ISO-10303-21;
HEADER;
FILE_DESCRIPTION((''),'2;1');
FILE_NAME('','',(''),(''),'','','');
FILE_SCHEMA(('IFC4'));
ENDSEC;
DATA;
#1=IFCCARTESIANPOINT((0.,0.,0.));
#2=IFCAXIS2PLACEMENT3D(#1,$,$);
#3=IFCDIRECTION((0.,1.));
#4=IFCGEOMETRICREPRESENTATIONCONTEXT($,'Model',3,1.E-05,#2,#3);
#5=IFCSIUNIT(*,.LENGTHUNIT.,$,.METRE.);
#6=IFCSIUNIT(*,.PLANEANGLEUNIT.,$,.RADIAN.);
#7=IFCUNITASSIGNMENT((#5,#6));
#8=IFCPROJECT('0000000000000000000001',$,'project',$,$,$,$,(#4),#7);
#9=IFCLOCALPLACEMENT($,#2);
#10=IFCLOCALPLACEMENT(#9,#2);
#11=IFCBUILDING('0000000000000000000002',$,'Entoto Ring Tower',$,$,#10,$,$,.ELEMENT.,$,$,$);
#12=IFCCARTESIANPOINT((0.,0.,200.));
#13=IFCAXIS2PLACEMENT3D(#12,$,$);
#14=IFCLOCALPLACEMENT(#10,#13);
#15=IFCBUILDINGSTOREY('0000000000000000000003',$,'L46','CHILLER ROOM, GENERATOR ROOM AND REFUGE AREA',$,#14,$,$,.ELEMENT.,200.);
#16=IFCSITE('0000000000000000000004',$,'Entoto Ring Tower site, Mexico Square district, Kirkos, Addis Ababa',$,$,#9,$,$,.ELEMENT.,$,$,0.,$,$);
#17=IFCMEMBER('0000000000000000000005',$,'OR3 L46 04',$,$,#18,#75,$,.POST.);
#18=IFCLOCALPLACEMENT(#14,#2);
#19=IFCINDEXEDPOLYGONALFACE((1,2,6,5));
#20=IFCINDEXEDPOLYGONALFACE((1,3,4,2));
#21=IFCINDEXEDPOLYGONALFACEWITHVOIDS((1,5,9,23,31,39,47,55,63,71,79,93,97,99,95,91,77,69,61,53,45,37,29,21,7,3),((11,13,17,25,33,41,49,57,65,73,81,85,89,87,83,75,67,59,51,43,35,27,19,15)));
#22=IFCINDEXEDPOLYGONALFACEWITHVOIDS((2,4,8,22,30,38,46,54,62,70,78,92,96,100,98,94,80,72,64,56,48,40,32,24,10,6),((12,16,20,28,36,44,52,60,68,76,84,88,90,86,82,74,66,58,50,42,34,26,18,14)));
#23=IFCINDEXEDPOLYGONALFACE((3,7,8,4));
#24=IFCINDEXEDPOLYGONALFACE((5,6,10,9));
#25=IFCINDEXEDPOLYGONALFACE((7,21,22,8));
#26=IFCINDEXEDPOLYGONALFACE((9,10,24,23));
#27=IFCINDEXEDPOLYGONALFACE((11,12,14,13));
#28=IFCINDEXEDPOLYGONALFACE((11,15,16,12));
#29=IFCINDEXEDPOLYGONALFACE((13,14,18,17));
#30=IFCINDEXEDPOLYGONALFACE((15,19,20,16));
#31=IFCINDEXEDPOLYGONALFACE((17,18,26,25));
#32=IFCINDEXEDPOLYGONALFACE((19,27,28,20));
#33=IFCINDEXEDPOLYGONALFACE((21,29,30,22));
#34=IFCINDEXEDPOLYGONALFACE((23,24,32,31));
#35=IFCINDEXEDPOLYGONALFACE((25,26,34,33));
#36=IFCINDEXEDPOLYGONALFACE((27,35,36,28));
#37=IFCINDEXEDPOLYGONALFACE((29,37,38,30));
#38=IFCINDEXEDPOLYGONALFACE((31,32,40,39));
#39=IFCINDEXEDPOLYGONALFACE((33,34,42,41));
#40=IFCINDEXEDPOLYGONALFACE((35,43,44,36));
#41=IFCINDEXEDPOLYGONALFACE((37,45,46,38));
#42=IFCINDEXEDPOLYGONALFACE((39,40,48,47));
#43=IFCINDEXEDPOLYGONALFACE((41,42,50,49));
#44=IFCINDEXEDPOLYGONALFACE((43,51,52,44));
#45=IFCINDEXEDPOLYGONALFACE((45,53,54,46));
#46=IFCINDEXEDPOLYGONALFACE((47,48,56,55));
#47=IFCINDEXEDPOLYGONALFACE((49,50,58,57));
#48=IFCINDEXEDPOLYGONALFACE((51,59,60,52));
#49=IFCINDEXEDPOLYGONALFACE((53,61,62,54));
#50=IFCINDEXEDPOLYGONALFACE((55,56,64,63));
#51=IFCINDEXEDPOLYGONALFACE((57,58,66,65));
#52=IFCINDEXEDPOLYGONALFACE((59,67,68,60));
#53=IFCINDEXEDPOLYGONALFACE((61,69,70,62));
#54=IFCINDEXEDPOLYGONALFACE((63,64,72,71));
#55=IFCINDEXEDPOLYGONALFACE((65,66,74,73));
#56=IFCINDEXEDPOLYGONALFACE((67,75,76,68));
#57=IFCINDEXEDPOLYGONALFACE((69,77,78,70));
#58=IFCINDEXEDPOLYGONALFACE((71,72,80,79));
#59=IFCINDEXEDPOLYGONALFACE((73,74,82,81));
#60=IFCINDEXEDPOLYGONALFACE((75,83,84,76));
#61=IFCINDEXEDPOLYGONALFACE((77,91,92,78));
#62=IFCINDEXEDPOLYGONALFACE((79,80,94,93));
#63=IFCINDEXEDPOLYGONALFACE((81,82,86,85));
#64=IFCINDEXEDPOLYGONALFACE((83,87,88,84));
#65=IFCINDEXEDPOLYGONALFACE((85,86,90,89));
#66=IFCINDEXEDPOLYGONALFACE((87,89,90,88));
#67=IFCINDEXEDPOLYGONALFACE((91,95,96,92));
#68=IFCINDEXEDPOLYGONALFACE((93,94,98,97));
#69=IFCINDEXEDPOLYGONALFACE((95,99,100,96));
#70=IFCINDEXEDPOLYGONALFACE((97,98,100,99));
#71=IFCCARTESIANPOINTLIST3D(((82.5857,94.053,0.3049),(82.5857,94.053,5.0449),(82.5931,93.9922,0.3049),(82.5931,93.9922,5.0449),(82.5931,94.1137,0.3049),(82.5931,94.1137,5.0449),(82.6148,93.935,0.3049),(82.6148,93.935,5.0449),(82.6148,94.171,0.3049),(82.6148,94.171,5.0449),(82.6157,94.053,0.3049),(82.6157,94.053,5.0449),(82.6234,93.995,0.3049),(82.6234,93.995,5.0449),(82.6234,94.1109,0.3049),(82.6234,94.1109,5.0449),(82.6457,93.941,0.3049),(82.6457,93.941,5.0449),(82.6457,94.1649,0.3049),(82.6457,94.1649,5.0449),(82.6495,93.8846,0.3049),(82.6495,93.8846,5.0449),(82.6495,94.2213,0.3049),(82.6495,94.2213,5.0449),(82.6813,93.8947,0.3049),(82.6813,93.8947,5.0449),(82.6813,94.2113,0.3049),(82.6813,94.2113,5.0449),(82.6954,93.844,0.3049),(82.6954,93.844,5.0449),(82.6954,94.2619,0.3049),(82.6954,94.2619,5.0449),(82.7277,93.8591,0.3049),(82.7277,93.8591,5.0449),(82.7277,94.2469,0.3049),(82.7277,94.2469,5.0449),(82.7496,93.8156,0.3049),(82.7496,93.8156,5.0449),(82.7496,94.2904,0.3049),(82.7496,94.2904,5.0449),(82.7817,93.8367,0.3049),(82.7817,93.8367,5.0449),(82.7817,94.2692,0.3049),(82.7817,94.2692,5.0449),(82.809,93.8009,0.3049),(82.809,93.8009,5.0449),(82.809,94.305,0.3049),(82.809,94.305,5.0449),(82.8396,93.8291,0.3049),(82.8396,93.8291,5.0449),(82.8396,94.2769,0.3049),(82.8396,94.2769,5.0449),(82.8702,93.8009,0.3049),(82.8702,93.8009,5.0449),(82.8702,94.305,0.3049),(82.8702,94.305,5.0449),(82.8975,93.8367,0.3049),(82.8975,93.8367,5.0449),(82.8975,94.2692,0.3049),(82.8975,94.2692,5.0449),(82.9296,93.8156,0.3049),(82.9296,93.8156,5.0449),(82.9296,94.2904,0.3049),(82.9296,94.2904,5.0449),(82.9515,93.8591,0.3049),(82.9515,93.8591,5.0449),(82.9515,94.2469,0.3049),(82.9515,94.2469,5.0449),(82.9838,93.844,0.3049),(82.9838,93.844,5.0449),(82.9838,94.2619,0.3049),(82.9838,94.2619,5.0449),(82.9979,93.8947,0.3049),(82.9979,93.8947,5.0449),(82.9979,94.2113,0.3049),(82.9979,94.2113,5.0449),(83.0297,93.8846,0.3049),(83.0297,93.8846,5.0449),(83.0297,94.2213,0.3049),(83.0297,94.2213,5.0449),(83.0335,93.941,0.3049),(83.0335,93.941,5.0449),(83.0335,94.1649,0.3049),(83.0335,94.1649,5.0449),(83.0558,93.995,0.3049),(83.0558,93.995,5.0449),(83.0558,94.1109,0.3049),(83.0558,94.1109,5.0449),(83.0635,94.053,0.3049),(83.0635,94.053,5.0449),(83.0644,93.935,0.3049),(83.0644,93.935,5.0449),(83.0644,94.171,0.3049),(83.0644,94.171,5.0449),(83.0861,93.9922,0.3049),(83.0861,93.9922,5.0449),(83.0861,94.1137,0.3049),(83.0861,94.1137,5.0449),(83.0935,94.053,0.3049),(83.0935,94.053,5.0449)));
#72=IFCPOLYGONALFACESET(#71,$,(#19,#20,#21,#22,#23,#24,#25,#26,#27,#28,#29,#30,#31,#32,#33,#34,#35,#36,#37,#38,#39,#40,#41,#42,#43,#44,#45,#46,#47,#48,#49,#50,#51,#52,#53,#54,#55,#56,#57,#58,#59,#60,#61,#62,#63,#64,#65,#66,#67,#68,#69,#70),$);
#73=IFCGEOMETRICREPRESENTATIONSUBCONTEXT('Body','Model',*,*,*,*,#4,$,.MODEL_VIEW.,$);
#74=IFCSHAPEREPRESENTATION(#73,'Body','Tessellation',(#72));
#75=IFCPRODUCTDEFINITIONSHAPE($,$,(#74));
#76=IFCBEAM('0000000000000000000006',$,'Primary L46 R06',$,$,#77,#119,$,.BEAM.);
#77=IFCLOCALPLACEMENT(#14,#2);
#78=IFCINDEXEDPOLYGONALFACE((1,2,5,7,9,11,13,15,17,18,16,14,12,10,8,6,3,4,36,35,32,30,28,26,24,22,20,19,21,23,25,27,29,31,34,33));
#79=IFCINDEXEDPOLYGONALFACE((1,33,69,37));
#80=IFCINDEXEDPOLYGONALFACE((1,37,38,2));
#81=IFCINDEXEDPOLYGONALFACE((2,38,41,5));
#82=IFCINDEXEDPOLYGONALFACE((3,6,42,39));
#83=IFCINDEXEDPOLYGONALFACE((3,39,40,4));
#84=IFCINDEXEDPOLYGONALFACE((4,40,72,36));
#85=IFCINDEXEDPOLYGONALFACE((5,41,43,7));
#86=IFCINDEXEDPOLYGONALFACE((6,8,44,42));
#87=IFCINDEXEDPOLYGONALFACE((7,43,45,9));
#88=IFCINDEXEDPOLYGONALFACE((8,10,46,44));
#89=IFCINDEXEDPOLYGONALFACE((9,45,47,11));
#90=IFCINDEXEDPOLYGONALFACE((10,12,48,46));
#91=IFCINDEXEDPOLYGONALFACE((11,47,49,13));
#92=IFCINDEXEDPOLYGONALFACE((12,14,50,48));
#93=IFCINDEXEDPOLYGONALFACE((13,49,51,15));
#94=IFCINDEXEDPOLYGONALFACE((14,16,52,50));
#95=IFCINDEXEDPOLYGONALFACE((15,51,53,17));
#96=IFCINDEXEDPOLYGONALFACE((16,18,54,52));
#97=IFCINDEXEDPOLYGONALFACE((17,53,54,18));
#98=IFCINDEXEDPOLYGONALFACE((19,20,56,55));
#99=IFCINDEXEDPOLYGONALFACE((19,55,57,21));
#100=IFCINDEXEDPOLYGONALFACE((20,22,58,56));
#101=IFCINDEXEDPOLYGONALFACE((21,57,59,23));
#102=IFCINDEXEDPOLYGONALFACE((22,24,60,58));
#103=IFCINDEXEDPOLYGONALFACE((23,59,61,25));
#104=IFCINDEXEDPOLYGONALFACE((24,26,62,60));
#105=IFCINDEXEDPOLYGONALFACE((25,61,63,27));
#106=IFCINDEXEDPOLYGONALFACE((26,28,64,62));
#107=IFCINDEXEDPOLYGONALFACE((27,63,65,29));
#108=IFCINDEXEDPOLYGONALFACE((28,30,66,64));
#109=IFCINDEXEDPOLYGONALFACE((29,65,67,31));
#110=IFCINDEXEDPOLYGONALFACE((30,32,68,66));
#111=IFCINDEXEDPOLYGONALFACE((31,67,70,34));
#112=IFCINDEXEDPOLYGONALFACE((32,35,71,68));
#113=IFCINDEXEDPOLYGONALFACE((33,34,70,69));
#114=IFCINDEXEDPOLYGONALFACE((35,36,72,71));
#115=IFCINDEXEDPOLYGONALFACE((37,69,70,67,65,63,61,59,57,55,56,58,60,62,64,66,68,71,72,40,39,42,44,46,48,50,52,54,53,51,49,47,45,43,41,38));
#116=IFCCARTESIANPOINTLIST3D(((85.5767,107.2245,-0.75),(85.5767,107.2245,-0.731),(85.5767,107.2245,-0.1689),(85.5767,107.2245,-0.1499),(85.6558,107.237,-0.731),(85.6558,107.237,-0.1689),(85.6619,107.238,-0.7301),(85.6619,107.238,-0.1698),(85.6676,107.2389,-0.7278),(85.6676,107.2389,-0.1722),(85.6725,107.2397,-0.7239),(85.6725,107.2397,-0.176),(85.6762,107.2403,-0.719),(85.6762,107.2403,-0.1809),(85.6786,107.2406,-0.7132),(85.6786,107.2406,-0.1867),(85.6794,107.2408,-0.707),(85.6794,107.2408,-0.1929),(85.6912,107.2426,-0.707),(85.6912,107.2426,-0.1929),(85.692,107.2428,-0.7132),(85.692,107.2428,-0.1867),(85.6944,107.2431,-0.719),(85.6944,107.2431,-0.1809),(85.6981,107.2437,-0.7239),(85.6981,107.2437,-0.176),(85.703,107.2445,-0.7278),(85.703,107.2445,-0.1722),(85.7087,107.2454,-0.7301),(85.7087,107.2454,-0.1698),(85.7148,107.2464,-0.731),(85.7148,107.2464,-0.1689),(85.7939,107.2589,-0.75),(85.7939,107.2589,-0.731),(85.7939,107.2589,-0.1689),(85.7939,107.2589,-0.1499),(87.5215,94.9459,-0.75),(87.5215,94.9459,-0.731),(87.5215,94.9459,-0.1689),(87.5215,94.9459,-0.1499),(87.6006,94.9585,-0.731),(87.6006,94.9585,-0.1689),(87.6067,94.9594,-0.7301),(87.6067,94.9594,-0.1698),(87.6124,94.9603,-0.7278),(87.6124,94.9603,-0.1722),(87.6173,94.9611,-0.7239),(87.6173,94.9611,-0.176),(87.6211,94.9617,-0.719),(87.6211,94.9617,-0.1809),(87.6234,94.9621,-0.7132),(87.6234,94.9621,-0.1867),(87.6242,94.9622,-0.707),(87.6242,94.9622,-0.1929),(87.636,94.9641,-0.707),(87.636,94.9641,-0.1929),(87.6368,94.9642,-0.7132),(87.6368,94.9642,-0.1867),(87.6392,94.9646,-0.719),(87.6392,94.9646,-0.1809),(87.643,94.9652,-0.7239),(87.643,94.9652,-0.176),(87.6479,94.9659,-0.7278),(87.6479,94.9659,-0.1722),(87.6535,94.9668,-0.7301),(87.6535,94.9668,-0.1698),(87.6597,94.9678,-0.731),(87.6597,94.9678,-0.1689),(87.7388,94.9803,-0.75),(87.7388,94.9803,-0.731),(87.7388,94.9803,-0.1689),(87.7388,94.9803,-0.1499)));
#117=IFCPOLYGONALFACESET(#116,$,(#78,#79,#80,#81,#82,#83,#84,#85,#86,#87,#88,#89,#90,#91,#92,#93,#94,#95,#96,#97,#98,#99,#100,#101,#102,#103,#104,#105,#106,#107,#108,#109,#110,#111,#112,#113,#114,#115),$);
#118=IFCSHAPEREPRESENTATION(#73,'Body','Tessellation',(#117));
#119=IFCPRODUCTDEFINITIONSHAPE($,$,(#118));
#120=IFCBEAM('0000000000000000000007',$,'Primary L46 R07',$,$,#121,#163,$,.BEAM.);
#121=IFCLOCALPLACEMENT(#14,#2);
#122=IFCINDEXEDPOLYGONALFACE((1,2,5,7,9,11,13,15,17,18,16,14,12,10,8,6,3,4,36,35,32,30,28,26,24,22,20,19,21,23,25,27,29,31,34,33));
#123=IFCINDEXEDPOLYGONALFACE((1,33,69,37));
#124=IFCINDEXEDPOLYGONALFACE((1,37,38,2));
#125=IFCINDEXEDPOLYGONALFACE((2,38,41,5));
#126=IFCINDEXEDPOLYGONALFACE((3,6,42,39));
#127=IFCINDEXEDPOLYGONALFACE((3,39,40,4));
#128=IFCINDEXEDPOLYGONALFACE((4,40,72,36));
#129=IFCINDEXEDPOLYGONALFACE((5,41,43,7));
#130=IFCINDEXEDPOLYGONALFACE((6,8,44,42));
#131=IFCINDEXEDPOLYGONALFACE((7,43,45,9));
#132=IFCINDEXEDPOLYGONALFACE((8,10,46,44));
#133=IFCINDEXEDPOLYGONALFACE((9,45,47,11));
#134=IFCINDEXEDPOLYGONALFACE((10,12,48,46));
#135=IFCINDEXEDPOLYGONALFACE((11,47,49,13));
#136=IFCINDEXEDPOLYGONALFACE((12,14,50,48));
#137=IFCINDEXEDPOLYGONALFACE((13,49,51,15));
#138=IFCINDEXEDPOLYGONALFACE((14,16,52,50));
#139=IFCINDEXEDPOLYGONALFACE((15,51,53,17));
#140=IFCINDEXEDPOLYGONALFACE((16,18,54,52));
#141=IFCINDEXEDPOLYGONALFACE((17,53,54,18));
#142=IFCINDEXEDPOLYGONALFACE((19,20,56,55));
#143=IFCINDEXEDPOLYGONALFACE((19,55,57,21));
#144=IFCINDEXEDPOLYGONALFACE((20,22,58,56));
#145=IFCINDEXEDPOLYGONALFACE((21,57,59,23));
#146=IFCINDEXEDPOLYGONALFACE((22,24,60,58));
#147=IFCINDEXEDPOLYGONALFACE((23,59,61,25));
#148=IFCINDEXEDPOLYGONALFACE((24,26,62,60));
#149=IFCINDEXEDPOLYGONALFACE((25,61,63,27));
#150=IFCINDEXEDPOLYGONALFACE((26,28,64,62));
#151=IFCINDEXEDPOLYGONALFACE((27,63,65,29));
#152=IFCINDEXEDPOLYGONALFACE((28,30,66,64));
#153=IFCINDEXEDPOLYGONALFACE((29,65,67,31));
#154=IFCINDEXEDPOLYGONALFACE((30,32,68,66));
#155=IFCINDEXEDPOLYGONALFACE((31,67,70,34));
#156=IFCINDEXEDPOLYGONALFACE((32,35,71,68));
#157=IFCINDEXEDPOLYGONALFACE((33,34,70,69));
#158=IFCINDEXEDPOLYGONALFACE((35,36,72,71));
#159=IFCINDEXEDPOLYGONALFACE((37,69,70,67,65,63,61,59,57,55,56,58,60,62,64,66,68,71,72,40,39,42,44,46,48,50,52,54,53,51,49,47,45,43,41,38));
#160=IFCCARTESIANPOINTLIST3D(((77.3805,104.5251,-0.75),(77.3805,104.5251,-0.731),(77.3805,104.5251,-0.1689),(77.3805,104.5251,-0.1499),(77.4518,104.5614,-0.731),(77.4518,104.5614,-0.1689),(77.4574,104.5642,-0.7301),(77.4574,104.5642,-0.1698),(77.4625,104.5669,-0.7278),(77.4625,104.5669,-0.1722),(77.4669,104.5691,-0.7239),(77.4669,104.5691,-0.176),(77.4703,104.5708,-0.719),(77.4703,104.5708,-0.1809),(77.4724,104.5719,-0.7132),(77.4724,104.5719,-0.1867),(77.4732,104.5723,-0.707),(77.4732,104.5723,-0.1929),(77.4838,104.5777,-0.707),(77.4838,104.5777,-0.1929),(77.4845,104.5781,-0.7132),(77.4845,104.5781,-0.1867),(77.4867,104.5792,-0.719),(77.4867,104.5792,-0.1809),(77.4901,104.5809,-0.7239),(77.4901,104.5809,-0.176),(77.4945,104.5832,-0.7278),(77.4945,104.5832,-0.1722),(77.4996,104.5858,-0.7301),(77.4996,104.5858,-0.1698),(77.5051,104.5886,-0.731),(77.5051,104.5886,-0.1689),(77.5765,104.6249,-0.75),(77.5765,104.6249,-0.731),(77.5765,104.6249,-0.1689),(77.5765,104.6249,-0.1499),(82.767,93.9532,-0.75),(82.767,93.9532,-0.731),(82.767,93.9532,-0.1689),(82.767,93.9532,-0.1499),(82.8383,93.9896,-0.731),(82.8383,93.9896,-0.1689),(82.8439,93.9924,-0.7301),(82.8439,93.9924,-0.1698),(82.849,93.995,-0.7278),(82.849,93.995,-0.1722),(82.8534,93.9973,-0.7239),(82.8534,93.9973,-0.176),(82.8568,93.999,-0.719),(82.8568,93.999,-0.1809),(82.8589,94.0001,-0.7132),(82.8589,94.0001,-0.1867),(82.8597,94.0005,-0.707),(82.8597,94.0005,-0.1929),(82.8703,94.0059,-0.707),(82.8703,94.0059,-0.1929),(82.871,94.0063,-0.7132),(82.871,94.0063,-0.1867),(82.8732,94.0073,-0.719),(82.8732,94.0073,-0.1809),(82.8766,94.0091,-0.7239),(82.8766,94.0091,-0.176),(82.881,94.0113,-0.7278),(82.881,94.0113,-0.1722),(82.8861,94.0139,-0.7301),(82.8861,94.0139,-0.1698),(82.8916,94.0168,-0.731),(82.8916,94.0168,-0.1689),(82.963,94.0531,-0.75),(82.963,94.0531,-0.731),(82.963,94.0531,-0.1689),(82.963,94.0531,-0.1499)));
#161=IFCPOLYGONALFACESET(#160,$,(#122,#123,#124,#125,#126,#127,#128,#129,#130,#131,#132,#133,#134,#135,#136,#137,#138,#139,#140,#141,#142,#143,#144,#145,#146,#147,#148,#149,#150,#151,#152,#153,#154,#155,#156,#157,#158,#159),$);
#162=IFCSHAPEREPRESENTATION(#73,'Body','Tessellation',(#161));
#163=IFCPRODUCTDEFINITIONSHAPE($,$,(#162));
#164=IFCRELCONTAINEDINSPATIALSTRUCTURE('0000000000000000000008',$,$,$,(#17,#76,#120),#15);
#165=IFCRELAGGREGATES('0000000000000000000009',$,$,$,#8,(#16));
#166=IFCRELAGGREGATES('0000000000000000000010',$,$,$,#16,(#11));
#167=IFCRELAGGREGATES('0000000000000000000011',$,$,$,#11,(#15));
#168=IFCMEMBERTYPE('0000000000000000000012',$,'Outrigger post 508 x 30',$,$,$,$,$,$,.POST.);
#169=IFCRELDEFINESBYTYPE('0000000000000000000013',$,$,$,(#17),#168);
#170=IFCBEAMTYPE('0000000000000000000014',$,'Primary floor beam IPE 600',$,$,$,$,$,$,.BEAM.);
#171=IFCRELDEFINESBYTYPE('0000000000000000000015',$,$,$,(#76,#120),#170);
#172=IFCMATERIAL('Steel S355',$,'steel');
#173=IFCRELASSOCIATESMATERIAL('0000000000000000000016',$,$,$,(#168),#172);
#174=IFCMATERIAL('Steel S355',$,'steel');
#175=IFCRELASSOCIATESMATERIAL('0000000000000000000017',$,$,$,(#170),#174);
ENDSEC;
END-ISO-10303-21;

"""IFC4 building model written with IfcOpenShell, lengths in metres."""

from ifc_helpers import new_model, si_unit, direction, frame, origin, origin_2d, place, context, subcontext, project, spatial, circle, hollow_circle, i_section, extrude, material, material_profile, profile_set, type_object, element, save


model = new_model("IFC4")

# Units and contexts
model_context = context("Model", 3, precision=1e-05, world=origin(), true_north=direction((0.0, 1.0)))
body_context = subcontext(model_context, "Body", "Model", "MODEL_VIEW")
ifc_project = project(units=[si_unit("LENGTHUNIT", "METRE"), si_unit("PLANEANGLEUNIT", "RADIAN")], contexts=[model_context])

# Site, building, storey
site_placement = place(None, origin())
site = spatial("IfcSite", under=ifc_project, at=site_placement, Name="Entoto Ring Tower site, Mexico Square district, Kirkos, Addis Ababa", CompositionType="ELEMENT", RefElevation=0.0)
building_placement = place(site_placement, origin())
building = spatial("IfcBuilding", under=site, at=building_placement, Name="Entoto Ring Tower", CompositionType="ELEMENT")
storey_placement = place(building_placement, frame((0.0, 0.0, 200.0)))
storey = spatial("IfcBuildingStorey", under=building, at=storey_placement, Name="L46", Description="CHILLER ROOM, GENERATOR ROOM AND REFUGE AREA", CompositionType="ELEMENT", Elevation=200.0)

# Member
ifc_material_1 = material(Name="Steel S355", Category="steel")
ifc_material_profile_1 = material_profile(ifc_material_1, hollow_circle(Radius=0.2539, WallThickness=0.03, at=origin_2d()), Name="CHS 508 x 30")
ifc_material_2 = material(Name="Concrete C60/75", Category="concrete")
ifc_material_profile_2 = material_profile(ifc_material_2, circle(Radius=0.2241, at=origin_2d()), Name="Concrete C60/75 infill")
ifc_profile_set_1 = profile_set([ifc_material_profile_1, ifc_material_profile_2], Name="Steel S355")
member_type_1 = type_object("IfcMemberType", Name="Outrigger post 508 x 30", PredefinedType="POST", material=ifc_profile_set_1)
member_1_placement = place(storey_placement, frame((82.8396, 94.053, 0.3049), z_axis=(0.0, 0.0, 1.0), x_axis=(1.0, 0.0, 0.0)))
element("IfcMember", 1, at=member_1_placement, inside=storey, type_object=member_type_1, Name="OR3 L46 04", PredefinedType="POST", context=body_context, shape_type="SweptSolid", body=[
    extrude(hollow_circle(Radius=0.2539, WallThickness=0.03, at=origin_2d()), origin(), (0.0, 0.0, 1.0), 4.74),
])

# Beams
ifc_material_3 = material(Name="Steel S355", Category="steel")
ifc_material_profile_3 = material_profile(ifc_material_3, i_section(OverallWidth=0.22, OverallDepth=0.6001, WebThickness=0.012, FlangeThickness=0.019, FilletRadius=0.0239, at=origin_2d()), Name="IPE 600")
ifc_profile_set_2 = profile_set([ifc_material_profile_3], Name="Steel S355")
beam_type_1 = type_object("IfcBeamType", Name="Primary floor beam IPE 600", PredefinedType="BEAM", material=ifc_profile_set_2)
beam_1_placement = place(storey_placement, frame((87.6301, 94.9631, -0.45), z_axis=(-0.156442, 0.987687, 0.0), x_axis=(-0.987687, -0.156442, 0.0)))
element("IfcBeam", 2, at=beam_1_placement, inside=storey, type_object=beam_type_1, Name="Primary L46 R06", PredefinedType="BEAM", context=body_context, shape_type="SweptSolid", body=[
    extrude(i_section(OverallWidth=0.22, OverallDepth=0.6001, WebThickness=0.012, FlangeThickness=0.019, FilletRadius=0.0239, at=origin_2d()), origin(), (0.0, 0.0, 1.0), 12.4316),
])
beam_2_placement = place(storey_placement, frame((82.865, 94.0032, -0.45), z_axis=(-0.453983, 0.89101, 0.0), x_axis=(-0.89101, -0.453983, 0.0)))
element("IfcBeam", 3, at=beam_2_placement, inside=storey, type_object=beam_type_1, Name="Primary L46 R07", PredefinedType="BEAM", context=body_context, shape_type="SweptSolid", body=[
    extrude(i_section(OverallWidth=0.22, OverallDepth=0.6001, WebThickness=0.012, FlangeThickness=0.019, FilletRadius=0.0239, at=origin_2d()), origin(), (0.0, 0.0, 1.0), 11.865),
])

save(model, "model.ifc")
